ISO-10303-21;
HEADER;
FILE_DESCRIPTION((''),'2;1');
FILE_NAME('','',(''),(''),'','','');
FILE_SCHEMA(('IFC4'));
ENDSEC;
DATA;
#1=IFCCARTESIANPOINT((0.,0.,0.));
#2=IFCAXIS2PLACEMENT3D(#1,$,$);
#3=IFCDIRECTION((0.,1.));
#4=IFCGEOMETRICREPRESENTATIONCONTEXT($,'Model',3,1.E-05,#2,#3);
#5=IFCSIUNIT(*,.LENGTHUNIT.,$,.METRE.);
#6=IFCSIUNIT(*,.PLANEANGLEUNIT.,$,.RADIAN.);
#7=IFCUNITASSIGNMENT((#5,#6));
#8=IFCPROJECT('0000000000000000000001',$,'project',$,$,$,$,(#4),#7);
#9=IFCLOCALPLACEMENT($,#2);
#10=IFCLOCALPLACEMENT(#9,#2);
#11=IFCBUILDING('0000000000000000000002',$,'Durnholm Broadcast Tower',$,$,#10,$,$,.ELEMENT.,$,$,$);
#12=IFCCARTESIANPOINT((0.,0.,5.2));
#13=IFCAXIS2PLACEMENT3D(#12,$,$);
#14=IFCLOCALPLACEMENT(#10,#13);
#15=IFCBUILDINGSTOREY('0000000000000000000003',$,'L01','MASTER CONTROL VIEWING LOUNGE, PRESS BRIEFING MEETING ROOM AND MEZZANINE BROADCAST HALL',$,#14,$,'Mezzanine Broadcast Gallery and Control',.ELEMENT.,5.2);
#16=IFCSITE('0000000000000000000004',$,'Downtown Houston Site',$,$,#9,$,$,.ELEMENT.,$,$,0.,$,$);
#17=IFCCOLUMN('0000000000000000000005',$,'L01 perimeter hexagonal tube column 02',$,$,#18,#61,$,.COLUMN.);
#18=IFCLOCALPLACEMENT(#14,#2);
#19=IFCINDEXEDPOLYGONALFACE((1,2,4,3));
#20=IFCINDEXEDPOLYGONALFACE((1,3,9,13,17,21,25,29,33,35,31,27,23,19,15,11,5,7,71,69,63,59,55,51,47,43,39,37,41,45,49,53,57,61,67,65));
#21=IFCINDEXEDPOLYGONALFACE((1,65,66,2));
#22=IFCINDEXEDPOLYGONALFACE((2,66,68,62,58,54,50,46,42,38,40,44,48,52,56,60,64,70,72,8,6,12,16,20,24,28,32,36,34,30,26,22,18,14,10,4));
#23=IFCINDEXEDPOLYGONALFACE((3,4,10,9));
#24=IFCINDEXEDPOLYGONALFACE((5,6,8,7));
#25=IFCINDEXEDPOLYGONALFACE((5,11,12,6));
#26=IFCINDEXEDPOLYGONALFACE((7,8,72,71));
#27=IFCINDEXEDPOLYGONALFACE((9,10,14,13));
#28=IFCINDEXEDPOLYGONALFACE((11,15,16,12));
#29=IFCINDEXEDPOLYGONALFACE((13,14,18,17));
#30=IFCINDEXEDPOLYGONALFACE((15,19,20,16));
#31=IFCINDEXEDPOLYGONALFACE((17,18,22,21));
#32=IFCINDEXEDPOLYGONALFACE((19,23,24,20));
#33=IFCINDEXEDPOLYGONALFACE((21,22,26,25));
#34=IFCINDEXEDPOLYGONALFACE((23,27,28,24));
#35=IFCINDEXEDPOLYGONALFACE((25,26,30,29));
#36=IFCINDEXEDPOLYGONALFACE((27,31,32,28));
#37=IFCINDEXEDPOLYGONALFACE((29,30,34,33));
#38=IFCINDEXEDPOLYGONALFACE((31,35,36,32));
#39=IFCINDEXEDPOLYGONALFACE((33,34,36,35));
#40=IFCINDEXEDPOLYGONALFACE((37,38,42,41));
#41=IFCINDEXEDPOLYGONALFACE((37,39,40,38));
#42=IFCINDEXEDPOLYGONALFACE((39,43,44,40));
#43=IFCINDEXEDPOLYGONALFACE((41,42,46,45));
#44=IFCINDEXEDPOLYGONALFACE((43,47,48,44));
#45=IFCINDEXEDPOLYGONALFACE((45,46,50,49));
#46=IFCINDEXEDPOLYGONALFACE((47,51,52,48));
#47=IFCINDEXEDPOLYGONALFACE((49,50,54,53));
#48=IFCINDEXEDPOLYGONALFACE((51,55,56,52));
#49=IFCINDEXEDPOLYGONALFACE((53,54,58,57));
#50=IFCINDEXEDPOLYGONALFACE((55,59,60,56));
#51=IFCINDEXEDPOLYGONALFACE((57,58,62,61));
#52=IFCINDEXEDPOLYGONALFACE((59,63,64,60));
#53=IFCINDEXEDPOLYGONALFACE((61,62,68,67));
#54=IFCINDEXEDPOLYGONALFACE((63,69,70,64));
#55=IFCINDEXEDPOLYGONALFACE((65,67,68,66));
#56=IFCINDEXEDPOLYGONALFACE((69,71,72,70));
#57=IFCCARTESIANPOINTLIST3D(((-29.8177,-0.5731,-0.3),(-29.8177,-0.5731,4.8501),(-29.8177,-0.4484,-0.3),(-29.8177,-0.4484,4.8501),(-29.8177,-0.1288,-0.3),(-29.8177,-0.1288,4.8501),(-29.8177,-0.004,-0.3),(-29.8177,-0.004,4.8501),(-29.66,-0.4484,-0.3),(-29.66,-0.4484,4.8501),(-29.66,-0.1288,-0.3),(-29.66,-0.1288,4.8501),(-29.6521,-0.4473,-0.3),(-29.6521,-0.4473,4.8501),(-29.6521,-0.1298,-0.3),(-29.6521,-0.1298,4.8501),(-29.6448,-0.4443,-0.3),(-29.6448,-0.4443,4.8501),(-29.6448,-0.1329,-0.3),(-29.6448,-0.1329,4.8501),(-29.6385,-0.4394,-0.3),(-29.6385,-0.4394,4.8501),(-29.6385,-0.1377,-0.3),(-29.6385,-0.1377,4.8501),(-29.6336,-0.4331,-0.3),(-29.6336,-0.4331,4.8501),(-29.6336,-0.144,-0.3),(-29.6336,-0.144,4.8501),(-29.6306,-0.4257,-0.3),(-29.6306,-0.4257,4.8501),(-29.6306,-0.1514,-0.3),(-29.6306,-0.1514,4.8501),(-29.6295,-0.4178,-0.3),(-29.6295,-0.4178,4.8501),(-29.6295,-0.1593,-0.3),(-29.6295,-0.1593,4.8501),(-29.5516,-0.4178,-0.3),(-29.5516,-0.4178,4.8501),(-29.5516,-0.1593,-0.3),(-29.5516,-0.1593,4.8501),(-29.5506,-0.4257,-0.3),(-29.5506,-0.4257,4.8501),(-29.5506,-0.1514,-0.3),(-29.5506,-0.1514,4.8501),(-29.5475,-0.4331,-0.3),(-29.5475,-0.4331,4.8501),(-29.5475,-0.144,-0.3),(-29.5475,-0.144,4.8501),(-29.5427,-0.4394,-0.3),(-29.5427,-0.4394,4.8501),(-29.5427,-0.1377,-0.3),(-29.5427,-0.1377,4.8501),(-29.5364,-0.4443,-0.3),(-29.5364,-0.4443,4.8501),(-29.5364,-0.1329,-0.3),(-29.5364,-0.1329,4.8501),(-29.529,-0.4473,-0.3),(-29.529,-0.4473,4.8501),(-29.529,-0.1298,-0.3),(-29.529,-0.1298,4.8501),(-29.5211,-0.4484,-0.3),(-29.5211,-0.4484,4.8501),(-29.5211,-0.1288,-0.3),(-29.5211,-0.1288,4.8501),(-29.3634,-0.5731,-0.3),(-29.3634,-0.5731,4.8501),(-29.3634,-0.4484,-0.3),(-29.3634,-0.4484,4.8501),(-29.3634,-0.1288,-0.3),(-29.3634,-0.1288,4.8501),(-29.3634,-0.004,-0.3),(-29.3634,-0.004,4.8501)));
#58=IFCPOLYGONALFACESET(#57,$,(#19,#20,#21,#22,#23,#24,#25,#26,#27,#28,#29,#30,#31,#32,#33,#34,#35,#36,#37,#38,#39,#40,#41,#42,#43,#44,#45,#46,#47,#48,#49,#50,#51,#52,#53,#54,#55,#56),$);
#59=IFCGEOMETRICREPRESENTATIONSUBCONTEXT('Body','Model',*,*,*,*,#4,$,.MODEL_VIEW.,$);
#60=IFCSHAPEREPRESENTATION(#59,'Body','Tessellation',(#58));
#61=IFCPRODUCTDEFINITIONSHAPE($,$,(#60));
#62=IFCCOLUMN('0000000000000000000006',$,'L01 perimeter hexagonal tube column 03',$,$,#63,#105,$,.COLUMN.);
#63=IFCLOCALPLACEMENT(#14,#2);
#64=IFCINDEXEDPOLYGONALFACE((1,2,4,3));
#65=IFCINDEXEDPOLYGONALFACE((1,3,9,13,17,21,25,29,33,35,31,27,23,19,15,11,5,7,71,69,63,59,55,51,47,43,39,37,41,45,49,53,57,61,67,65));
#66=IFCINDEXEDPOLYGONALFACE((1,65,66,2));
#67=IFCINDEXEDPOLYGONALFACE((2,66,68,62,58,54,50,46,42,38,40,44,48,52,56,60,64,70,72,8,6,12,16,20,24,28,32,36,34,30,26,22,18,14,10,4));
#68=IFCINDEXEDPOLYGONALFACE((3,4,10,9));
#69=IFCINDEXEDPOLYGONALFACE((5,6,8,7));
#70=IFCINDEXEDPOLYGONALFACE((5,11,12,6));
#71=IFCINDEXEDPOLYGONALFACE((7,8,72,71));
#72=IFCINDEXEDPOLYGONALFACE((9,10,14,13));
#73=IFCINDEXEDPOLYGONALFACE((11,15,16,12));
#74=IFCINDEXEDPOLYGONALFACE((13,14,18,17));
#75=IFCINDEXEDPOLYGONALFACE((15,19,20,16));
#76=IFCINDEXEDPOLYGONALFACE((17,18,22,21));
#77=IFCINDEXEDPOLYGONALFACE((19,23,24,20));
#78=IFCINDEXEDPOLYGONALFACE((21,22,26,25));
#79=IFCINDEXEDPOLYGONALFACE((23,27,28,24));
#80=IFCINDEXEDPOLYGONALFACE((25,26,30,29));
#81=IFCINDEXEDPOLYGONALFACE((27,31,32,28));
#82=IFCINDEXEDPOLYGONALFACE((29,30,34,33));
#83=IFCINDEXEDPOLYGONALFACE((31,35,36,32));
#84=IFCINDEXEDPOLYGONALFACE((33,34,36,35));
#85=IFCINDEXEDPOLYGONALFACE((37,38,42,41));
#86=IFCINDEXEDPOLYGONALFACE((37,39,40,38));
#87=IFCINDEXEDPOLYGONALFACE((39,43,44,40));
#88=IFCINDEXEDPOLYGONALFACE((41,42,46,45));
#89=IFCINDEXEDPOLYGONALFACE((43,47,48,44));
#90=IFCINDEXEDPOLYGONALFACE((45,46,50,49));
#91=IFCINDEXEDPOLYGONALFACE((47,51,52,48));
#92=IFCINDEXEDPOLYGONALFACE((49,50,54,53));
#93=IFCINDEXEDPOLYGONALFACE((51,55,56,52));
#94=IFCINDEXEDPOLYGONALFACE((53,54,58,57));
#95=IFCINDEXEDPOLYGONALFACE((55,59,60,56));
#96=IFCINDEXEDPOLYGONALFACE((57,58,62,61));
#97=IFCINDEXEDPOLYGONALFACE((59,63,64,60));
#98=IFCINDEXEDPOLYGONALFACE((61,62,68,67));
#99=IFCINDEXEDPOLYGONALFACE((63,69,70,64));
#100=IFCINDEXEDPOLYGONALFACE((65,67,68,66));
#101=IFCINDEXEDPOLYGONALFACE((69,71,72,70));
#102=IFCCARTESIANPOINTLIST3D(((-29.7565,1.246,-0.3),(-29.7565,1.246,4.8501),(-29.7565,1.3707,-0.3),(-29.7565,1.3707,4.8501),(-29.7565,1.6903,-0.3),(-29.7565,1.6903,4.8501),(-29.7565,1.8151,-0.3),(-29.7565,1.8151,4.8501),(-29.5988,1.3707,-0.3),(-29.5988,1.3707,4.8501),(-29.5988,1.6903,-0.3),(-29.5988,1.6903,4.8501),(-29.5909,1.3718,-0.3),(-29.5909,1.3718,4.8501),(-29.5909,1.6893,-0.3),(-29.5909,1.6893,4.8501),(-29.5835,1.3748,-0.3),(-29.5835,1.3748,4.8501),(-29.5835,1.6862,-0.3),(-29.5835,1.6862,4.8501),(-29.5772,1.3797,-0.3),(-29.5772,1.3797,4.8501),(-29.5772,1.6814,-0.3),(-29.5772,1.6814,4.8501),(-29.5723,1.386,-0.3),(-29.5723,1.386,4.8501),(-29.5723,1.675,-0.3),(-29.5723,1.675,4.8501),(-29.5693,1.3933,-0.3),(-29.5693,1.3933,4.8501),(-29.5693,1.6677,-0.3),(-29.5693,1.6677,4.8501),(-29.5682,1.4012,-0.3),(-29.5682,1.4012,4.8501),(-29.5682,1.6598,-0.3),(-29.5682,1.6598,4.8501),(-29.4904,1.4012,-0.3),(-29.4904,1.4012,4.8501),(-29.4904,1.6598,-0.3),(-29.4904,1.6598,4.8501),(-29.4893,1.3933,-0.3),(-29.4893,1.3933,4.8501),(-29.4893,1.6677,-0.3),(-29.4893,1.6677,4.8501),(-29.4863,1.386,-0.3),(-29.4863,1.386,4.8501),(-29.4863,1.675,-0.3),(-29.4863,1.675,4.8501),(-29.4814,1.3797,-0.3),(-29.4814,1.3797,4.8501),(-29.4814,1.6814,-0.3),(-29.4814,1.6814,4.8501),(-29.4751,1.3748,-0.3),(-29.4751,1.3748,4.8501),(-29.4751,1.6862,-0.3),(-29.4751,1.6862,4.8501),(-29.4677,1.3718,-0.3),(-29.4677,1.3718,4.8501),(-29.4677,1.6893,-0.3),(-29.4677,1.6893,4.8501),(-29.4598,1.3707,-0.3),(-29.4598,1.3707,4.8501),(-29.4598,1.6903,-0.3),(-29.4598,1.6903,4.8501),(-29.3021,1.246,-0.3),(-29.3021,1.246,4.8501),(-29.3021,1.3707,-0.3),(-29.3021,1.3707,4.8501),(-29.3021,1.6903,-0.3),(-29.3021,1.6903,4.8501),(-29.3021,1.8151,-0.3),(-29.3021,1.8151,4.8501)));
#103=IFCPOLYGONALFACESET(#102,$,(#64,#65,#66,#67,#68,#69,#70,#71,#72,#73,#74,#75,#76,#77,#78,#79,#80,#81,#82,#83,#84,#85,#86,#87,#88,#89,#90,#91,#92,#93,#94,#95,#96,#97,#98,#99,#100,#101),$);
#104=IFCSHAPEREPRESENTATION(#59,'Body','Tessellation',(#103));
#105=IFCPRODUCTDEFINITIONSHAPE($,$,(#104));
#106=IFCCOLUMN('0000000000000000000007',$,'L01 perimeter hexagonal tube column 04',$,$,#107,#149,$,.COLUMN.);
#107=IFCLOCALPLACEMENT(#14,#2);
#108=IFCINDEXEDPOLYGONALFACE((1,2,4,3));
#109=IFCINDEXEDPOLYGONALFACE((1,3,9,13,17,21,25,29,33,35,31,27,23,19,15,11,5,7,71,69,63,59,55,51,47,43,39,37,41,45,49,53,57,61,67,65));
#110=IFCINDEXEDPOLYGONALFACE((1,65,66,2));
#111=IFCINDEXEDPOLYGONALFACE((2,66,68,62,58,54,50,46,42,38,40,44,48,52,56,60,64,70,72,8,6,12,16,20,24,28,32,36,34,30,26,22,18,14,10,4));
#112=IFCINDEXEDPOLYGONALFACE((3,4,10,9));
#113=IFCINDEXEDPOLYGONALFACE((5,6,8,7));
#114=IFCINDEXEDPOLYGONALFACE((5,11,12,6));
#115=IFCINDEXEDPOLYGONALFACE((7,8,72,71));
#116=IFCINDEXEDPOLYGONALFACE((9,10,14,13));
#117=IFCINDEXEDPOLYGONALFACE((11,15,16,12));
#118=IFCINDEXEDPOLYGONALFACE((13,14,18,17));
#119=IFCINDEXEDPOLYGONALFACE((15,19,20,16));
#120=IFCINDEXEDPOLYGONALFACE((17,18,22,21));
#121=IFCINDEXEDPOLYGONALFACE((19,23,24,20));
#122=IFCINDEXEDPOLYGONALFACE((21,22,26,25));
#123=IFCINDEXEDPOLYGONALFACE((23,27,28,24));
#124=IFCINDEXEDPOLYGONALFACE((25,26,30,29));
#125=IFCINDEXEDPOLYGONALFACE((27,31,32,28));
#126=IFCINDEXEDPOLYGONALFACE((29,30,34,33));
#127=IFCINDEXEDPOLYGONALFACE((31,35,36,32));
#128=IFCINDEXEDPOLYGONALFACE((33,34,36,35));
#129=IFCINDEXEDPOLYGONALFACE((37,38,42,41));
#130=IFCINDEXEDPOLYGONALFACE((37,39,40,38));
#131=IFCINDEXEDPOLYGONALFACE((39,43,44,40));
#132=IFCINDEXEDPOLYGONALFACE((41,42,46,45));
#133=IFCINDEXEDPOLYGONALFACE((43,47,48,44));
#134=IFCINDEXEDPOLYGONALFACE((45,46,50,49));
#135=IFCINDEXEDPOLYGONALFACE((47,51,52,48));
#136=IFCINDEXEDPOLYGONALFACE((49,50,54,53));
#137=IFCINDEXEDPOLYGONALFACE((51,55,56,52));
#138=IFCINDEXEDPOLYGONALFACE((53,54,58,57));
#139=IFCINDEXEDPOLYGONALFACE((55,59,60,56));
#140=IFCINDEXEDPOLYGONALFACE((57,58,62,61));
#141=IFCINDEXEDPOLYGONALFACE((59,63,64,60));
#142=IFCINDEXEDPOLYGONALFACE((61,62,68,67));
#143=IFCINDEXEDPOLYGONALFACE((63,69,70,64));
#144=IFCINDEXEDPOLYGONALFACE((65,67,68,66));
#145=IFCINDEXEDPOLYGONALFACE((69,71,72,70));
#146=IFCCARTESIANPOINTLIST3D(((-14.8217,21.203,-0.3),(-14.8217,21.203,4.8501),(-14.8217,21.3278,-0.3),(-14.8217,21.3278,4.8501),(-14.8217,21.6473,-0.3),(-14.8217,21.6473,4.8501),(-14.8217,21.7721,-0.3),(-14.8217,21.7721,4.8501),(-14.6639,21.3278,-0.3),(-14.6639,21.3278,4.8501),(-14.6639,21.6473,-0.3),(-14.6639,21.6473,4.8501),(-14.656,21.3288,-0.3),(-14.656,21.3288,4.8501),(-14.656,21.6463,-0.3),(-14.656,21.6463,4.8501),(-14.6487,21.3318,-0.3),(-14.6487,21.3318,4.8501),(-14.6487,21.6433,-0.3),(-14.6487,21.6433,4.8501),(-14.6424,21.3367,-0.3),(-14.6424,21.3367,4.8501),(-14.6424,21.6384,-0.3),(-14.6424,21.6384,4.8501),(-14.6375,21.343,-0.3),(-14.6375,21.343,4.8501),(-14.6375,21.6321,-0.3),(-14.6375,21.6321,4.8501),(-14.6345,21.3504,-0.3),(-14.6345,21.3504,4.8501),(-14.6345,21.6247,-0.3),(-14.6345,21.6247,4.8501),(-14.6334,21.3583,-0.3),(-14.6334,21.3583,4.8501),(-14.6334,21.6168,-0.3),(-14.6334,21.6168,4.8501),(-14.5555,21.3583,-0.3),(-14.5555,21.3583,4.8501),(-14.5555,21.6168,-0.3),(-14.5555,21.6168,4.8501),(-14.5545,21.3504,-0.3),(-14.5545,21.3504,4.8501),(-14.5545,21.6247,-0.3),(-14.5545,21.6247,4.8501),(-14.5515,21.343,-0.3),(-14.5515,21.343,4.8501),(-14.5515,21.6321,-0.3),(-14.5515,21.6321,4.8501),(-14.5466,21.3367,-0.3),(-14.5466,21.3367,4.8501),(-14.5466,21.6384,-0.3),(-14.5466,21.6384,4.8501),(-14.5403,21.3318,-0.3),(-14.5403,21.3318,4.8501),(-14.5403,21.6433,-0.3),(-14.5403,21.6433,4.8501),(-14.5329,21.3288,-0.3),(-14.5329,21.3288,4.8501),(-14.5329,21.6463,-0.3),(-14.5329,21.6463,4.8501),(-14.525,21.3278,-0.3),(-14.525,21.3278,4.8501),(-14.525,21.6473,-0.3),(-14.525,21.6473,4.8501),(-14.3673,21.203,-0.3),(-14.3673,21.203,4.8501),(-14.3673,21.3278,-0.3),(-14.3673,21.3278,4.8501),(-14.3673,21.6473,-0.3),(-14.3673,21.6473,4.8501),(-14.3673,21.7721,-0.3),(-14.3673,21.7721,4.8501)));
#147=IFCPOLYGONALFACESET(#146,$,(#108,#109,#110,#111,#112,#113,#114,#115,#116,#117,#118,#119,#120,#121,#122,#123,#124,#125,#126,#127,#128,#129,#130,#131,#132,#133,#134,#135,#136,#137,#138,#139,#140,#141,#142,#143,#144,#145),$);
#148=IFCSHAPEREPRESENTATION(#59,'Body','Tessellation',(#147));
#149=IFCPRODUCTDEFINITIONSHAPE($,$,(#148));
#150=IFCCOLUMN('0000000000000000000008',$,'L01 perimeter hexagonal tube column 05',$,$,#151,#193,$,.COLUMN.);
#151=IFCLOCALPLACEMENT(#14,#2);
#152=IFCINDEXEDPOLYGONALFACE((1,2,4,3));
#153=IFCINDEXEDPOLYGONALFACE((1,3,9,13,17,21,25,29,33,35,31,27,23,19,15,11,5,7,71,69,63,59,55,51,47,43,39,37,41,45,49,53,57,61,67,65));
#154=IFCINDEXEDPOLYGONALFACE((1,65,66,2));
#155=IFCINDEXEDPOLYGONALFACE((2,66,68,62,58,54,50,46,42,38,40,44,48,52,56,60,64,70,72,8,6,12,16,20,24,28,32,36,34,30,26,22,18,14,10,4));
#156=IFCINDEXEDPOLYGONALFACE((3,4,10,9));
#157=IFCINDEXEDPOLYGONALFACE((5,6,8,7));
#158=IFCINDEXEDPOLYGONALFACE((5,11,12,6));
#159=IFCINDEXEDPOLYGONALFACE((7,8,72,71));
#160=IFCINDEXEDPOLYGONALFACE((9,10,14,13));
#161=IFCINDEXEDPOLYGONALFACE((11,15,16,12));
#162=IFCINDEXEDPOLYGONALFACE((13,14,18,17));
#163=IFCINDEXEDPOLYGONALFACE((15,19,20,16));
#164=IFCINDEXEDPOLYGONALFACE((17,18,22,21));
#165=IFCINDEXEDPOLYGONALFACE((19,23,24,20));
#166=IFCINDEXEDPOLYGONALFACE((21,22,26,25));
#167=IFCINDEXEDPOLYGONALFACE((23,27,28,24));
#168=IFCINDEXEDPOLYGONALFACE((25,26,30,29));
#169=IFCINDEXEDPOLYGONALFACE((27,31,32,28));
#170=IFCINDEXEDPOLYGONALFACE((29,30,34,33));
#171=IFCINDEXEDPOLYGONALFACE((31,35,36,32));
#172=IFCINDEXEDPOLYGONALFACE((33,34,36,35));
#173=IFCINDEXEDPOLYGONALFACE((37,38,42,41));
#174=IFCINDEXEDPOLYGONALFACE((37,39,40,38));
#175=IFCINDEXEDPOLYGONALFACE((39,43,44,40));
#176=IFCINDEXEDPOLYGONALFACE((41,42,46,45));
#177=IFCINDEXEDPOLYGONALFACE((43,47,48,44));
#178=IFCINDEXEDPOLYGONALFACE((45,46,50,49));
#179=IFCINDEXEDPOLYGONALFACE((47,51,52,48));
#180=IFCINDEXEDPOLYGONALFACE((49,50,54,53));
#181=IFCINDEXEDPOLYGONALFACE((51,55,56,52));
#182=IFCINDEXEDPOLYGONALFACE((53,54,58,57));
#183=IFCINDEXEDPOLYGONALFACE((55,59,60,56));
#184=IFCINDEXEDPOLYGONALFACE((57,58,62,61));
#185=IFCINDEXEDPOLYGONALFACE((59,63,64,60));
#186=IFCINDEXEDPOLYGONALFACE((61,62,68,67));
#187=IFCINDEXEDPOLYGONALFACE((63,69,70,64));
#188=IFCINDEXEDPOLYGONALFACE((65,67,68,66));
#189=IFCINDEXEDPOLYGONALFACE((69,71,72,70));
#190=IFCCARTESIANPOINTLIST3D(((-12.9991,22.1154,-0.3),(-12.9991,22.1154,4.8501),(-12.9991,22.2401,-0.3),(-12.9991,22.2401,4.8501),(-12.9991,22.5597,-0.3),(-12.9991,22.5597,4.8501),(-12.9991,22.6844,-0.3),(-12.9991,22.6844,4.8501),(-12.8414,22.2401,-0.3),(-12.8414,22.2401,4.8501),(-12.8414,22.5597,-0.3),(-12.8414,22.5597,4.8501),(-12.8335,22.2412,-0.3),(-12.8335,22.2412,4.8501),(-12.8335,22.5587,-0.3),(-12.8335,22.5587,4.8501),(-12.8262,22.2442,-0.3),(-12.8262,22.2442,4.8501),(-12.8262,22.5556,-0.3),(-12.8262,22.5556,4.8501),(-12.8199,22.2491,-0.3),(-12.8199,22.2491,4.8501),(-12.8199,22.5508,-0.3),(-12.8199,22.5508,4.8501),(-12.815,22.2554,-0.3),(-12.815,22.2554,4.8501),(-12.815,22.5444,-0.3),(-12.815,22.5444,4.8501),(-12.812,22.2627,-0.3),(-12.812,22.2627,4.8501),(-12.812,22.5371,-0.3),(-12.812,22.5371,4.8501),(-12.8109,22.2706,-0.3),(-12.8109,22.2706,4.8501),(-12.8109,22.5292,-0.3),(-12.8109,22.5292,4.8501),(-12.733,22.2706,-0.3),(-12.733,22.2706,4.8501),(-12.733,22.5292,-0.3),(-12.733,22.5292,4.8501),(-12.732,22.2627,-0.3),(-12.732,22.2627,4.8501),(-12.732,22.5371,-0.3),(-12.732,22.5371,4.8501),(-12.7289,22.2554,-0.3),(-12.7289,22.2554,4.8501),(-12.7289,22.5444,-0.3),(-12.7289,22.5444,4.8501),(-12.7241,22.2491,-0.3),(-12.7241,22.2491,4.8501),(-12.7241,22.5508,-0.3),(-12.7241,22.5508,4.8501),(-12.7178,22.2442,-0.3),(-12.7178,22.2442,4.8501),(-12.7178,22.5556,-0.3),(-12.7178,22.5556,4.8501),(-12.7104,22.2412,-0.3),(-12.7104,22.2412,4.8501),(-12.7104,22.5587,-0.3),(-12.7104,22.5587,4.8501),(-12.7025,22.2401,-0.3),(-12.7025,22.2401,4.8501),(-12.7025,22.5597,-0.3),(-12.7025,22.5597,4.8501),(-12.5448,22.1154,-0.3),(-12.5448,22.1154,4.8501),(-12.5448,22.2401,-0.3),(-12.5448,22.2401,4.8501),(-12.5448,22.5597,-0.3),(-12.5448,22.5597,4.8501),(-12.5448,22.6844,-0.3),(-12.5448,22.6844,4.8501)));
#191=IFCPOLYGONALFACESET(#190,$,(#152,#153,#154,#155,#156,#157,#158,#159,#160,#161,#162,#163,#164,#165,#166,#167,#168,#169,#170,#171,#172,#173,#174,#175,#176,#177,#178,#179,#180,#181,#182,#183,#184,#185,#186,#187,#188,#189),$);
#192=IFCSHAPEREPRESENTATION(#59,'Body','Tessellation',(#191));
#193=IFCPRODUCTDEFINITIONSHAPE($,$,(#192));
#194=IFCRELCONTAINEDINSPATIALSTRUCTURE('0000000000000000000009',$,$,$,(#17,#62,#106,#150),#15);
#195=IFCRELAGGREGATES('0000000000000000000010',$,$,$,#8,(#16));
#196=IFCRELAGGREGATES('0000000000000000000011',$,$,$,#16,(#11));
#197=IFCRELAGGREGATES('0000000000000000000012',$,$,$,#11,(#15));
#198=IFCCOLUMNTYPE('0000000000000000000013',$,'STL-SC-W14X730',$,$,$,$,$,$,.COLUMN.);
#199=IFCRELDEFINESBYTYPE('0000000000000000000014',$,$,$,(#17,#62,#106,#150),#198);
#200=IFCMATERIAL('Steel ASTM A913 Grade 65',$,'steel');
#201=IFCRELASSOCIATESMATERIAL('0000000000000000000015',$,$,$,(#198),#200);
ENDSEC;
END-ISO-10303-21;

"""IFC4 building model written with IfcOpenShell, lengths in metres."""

from ifc_helpers import new_model, si_unit, direction, frame, origin, origin_2d, place, context, subcontext, project, spatial, i_section, extrude, source, transform, mapped, material, material_profile, profile_set, type_object, type_shapes, element, save


model = new_model("IFC4")

# Units and contexts
model_context = context("Model", 3, precision=1e-05, world=origin(), true_north=direction((0.0, 1.0)))
body_context = subcontext(model_context, "Body", "Model", "MODEL_VIEW")
ifc_project = project(units=[si_unit("LENGTHUNIT", "METRE"), si_unit("PLANEANGLEUNIT", "RADIAN")], contexts=[model_context])

# Site, building, storey
site_placement = place(None, origin())
site = spatial("IfcSite", under=ifc_project, at=site_placement, Name="Downtown Houston Site", CompositionType="ELEMENT", RefElevation=0.0)
building_placement = place(site_placement, origin())
building = spatial("IfcBuilding", under=site, at=building_placement, Name="Durnholm Broadcast Tower", CompositionType="ELEMENT")
storey_placement = place(building_placement, frame((0.0, 0.0, 5.2)))
storey = spatial("IfcBuildingStorey", under=building, at=storey_placement, Name="L01", Description="MASTER CONTROL VIEWING LOUNGE, PRESS BRIEFING MEETING ROOM AND MEZZANINE BROADCAST HALL", LongName="Mezzanine Broadcast Gallery and Control", CompositionType="ELEMENT", Elevation=5.2)

# Columns
ifc_material_1 = material(Name="Steel ASTM A913 Grade 65", Category="steel")
ifc_material_profile_1 = material_profile(ifc_material_1, i_section(OverallWidth=0.4543, OverallDepth=0.5691, WebThickness=0.0779, FlangeThickness=0.1248, FilletRadius=0.0305, at=origin_2d()), Name="W14X730")
ifc_profile_set_1 = profile_set([ifc_material_profile_1], Name="Steel ASTM A913 Grade 65")
column_type_1 = type_object("IfcColumnType", Name="STL-SC-W14X730", PredefinedType="COLUMN", material=ifc_profile_set_1)
shared_shape_1 = source(origin(), body_context, "Body", "SweptSolid", [
    extrude(i_section(OverallWidth=0.4543, OverallDepth=0.5691, WebThickness=0.0779, FlangeThickness=0.1248, FilletRadius=0.0305, at=origin_2d()), origin(), (0.0, 0.0, 1.0), 5.1501),
])
type_shapes(column_type_1, [shared_shape_1])
for number, where, z_axis, x_axis, name in (
    (1, (-29.5906, -0.2886, -0.3), (0.0, 0.0, 1.0), (1.0, 0.0, 0.0), "L01 perimeter hexagonal tube column 02"),
    (2, (-29.5293, 1.5305, -0.3), (0.0, 0.0, 1.0), (1.0, 0.0, 0.0), "L01 perimeter hexagonal tube column 03"),
    (3, (-14.5945, 21.4875, -0.3), (0.0, 0.0, 1.0), (1.0, 0.0, 0.0), "L01 perimeter hexagonal tube column 04"),
    (4, (-12.772, 22.3999, -0.3), (0.0, 0.0, 1.0), (1.0, 0.0, 0.0), "L01 perimeter hexagonal tube column 05"),
):
    element("IfcColumn", number, at=place(storey_placement, frame(where, z_axis=z_axis, x_axis=x_axis)), inside=storey, type_object=column_type_1, Name=name, PredefinedType="COLUMN", context=body_context, shape_type="MappedRepresentation", body=[
        mapped(shared_shape_1, transform((0.0, 0.0, 0.0), x_axis=(1.0, 0.0, 0.0), y_axis=(0.0, 1.0, 0.0), z_axis=(0.0, 0.0, 1.0), scale=1.0)),
    ])

save(model, "model.ifc")
